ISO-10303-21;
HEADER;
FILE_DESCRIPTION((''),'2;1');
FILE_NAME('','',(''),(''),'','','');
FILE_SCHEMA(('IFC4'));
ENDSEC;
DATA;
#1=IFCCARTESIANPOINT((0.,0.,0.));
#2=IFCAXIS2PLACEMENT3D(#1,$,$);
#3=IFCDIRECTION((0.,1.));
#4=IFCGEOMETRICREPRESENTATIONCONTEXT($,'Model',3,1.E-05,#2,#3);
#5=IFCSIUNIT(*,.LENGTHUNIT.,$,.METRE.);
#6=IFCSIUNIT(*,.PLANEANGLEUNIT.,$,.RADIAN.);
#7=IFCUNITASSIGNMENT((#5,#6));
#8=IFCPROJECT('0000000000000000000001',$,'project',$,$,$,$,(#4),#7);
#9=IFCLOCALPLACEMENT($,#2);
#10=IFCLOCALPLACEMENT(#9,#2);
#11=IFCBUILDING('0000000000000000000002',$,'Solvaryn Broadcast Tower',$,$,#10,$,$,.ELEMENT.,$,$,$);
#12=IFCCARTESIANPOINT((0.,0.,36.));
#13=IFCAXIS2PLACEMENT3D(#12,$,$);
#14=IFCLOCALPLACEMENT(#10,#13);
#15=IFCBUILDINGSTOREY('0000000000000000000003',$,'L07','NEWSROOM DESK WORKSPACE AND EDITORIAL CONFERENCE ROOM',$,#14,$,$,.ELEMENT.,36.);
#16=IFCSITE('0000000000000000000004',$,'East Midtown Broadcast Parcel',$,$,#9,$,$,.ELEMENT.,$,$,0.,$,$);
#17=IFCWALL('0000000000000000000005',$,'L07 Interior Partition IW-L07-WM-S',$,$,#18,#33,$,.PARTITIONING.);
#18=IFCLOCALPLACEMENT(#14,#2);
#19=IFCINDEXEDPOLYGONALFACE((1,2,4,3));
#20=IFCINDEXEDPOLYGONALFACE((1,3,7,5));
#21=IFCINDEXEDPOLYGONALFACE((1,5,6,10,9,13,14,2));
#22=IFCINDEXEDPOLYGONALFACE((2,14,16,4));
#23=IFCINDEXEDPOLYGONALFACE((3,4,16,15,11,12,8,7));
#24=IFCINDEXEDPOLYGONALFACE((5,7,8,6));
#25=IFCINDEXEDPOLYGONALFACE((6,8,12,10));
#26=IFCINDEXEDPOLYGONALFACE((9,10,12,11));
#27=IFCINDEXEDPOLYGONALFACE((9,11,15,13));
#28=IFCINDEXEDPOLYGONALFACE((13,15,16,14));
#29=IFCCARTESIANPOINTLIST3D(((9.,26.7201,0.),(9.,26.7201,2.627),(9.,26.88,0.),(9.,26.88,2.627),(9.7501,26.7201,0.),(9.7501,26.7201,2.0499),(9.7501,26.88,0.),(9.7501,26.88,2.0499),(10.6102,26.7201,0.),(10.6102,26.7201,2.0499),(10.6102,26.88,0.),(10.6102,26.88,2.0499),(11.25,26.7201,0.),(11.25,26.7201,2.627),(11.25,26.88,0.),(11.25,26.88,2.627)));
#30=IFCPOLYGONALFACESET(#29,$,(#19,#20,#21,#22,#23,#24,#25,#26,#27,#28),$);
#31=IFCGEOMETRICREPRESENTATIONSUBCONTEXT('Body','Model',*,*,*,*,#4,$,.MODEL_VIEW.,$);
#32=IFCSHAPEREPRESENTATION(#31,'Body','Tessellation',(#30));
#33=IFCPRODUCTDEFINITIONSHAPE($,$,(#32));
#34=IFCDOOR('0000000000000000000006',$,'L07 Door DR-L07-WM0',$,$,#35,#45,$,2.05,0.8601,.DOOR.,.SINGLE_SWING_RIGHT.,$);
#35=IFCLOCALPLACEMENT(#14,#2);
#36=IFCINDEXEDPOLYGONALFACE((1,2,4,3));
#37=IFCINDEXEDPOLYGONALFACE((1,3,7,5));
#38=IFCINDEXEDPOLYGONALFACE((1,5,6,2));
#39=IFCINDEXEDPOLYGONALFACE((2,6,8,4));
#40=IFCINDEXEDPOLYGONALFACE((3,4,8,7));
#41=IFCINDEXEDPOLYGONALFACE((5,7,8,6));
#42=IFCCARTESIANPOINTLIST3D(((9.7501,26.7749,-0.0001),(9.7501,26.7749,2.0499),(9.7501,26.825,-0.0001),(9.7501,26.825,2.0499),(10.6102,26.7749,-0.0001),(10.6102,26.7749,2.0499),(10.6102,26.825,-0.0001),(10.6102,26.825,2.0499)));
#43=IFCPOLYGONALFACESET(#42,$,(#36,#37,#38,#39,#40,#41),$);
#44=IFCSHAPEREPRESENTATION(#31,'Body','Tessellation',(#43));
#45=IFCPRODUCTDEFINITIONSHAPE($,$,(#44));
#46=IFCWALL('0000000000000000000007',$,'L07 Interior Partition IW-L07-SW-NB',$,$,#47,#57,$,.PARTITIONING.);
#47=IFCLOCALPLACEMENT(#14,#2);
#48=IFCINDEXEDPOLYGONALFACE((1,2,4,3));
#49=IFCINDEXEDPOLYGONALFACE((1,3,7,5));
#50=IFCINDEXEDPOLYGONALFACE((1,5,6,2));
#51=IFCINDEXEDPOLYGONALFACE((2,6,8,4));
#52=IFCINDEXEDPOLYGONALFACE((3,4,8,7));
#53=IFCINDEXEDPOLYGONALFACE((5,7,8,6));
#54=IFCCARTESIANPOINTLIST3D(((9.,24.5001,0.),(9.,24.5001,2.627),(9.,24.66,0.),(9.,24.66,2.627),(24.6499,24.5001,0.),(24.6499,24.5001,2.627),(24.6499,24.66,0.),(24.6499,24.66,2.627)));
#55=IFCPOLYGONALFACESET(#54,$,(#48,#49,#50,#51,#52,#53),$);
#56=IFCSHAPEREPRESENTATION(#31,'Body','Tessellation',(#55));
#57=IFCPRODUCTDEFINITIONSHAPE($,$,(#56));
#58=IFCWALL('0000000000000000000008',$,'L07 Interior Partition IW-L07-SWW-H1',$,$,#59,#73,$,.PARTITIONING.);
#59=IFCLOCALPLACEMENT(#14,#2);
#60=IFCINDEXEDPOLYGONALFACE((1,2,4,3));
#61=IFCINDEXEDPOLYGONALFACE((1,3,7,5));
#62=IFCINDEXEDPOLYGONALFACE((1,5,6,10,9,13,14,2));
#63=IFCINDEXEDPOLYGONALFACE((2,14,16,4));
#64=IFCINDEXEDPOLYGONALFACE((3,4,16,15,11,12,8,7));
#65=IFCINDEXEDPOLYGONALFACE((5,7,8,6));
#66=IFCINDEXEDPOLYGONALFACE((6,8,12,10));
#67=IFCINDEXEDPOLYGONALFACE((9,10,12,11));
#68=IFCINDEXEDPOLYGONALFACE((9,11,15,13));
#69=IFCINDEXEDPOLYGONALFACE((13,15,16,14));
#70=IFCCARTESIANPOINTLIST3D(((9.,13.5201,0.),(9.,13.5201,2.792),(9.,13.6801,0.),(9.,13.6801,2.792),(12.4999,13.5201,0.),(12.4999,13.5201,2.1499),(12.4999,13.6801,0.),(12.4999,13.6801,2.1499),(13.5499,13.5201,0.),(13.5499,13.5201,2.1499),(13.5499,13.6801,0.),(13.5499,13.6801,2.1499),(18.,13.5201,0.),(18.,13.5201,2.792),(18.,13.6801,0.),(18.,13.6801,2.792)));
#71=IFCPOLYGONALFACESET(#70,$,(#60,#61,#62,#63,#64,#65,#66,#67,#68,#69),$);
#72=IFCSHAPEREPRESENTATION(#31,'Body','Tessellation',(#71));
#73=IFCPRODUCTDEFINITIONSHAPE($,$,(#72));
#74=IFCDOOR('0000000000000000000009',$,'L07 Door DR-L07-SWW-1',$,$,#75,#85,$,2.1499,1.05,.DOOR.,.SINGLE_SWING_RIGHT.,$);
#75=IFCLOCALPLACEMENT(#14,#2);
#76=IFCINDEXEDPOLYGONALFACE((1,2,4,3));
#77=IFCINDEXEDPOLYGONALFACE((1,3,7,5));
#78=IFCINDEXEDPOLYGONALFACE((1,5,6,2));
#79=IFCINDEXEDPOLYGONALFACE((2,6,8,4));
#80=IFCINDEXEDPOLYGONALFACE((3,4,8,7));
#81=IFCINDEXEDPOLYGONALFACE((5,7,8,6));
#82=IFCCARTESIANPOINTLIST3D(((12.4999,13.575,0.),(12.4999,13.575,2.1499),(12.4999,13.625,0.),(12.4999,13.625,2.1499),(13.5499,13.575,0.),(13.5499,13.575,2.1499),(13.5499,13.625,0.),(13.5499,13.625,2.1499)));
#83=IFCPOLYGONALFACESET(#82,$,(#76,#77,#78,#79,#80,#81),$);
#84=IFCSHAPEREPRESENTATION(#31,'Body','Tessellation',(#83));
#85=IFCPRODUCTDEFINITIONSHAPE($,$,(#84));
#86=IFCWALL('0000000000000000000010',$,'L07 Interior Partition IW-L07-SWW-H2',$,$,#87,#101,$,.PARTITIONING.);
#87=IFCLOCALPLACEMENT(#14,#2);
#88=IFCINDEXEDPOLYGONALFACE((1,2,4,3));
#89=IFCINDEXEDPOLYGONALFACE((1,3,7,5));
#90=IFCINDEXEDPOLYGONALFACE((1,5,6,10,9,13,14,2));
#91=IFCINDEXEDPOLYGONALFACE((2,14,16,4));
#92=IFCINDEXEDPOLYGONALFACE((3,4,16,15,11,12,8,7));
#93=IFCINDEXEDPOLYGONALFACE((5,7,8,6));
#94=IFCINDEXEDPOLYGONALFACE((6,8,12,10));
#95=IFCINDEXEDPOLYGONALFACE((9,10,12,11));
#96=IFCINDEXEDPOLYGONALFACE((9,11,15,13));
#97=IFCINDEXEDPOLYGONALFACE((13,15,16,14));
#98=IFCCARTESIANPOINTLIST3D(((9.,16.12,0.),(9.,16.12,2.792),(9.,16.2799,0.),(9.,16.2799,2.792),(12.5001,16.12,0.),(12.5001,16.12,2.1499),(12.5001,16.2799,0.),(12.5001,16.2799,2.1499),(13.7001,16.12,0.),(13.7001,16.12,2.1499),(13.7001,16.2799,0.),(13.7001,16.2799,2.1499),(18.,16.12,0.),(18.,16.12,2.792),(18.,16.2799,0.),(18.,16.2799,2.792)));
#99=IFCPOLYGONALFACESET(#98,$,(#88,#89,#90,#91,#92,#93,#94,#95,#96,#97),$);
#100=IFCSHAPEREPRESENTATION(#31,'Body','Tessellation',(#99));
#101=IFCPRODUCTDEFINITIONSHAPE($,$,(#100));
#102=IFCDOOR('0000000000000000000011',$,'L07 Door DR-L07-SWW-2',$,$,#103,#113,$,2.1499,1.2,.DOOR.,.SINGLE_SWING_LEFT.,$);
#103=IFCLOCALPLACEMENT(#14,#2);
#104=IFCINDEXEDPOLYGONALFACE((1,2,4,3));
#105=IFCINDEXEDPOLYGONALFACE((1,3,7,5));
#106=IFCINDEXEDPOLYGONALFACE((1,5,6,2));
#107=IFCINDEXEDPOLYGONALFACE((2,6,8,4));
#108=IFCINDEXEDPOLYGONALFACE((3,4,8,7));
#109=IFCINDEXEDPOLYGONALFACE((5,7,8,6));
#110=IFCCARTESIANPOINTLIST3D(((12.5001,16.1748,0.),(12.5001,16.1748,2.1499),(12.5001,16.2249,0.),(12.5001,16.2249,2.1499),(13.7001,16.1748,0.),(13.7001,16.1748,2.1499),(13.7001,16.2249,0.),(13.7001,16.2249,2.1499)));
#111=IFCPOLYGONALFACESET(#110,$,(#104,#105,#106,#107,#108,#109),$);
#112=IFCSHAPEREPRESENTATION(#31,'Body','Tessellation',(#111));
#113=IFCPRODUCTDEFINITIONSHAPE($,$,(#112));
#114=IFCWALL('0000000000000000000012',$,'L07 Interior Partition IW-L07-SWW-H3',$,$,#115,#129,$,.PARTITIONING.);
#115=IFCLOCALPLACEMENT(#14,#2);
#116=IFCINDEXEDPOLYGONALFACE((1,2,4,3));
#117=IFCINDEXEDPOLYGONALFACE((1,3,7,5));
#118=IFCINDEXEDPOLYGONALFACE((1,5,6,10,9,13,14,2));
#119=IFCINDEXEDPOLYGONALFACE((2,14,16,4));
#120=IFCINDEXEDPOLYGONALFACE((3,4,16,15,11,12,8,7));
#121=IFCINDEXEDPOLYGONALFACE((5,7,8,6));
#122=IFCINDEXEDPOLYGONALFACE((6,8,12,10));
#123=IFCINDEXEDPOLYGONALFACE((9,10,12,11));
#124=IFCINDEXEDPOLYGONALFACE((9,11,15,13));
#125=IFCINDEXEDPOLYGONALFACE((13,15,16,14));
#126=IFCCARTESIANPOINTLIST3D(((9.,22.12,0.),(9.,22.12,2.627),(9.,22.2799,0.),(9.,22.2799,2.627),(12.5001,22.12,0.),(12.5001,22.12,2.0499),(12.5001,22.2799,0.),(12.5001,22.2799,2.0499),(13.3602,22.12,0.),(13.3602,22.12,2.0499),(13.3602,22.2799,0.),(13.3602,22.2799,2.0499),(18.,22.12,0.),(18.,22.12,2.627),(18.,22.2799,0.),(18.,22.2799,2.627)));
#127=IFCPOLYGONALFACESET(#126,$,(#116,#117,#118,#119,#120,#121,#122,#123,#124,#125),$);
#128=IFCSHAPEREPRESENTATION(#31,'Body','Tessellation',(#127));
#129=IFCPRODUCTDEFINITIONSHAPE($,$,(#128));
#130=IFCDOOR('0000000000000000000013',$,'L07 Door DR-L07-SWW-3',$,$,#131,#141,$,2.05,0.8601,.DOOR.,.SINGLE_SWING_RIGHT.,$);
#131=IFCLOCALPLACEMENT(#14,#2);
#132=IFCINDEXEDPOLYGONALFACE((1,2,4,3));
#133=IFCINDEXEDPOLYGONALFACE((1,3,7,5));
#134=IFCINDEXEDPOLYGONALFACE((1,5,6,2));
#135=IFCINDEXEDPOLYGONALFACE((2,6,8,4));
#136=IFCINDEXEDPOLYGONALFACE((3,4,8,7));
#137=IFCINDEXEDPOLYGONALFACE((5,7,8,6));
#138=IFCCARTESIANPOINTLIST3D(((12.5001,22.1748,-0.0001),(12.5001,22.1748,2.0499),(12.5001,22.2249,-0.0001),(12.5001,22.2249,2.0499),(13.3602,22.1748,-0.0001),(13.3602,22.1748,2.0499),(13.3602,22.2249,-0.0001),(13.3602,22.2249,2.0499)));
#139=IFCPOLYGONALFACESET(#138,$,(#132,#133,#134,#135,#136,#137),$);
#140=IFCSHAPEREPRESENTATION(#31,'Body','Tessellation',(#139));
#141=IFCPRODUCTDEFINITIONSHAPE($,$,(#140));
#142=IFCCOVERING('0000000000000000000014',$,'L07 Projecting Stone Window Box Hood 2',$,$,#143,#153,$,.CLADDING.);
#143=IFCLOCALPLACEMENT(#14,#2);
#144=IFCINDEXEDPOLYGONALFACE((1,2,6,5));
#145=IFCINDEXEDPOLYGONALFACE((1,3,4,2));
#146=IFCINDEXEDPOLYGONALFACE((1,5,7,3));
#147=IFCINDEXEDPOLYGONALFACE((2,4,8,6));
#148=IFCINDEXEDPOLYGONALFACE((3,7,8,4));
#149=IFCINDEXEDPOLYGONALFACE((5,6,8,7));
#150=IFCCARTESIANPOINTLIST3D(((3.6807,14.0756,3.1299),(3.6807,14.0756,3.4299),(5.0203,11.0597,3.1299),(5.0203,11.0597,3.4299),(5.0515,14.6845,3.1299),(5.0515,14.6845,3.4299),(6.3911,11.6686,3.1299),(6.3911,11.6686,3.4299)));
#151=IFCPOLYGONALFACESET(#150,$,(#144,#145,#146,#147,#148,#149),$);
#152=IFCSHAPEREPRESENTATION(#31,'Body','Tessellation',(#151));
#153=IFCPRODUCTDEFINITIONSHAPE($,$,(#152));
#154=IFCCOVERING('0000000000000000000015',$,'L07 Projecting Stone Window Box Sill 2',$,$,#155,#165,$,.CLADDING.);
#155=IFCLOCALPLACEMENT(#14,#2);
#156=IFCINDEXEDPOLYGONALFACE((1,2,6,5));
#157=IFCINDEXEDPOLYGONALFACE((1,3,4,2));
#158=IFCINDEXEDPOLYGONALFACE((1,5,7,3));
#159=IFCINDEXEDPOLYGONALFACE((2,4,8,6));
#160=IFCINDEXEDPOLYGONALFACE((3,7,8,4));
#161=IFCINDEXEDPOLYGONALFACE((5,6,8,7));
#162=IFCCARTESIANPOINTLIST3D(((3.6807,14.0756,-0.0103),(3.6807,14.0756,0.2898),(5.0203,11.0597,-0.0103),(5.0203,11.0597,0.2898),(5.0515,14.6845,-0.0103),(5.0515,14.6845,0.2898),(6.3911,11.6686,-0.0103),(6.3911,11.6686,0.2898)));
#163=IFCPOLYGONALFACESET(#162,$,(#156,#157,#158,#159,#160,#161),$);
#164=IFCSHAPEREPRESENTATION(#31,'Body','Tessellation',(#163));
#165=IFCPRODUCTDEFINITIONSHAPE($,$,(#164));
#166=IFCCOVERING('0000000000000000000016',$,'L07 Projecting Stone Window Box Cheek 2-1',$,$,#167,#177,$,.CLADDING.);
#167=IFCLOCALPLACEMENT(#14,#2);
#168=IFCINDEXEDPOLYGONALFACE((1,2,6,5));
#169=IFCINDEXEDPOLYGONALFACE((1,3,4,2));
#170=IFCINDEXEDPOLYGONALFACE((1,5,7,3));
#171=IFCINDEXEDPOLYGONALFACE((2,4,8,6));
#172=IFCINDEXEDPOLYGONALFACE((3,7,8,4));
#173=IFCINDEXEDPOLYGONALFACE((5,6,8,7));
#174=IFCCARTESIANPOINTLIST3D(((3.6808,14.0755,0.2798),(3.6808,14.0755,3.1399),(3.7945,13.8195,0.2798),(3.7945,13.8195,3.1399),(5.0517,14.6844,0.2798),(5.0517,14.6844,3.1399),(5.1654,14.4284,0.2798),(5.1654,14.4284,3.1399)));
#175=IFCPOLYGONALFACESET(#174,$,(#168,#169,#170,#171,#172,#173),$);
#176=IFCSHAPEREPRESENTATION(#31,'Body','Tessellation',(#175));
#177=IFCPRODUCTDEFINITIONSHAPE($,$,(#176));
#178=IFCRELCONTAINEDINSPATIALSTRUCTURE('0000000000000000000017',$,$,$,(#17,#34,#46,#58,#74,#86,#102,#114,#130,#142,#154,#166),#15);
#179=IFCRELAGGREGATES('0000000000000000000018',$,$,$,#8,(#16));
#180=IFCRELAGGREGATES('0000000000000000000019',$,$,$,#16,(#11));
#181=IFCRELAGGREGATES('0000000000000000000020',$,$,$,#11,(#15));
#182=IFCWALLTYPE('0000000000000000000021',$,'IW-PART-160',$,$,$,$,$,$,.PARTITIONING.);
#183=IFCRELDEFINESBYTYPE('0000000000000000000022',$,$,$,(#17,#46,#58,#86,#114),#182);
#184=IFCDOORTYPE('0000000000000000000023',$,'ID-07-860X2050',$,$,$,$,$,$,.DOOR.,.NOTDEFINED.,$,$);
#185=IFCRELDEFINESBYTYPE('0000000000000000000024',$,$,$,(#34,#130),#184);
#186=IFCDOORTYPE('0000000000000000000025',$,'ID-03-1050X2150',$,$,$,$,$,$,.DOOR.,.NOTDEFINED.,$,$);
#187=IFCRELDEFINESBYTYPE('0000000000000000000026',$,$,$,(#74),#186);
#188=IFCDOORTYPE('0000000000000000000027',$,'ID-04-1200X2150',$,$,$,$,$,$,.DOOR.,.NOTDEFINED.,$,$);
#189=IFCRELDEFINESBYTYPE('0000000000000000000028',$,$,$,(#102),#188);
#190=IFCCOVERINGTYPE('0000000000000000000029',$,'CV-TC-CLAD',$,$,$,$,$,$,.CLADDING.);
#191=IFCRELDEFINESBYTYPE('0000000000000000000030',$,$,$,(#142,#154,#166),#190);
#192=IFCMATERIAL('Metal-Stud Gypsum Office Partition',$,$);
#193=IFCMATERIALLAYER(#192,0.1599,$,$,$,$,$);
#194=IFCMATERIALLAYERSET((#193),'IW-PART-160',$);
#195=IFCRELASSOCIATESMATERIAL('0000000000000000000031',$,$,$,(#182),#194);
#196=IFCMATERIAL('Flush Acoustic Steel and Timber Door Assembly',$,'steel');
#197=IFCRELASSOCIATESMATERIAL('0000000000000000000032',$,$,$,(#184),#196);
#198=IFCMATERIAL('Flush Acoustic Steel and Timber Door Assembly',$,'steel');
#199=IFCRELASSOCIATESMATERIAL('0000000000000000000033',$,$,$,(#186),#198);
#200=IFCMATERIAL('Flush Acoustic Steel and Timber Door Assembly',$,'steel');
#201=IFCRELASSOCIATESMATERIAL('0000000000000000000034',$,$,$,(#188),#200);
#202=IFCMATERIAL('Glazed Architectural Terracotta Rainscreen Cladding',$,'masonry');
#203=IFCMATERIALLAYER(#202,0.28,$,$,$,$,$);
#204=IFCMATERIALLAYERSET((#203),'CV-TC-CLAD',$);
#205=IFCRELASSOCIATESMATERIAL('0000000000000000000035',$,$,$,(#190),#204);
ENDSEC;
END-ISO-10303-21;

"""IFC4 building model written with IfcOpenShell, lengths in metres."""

from ifc_helpers import new_model, si_unit, direction, frame, frame_2d, origin, origin_2d, place, context, subcontext, project, spatial, rectangle, extrude, material, layer, layer_set, type_object, element, fill, save


model = new_model("IFC4")

# Units and contexts
model_context = context("Model", 3, precision=1e-05, world=origin(), true_north=direction((0.0, 1.0)))
body_context = subcontext(model_context, "Body", "Model", "MODEL_VIEW")
ifc_project = project(units=[si_unit("LENGTHUNIT", "METRE"), si_unit("PLANEANGLEUNIT", "RADIAN")], contexts=[model_context])

# Site, building, storey
site_placement = place(None, origin())
site = spatial("IfcSite", under=ifc_project, at=site_placement, Name="East Midtown Broadcast Parcel", CompositionType="ELEMENT", RefElevation=0.0)
building_placement = place(site_placement, origin())
building = spatial("IfcBuilding", under=site, at=building_placement, Name="Solvaryn Broadcast Tower", CompositionType="ELEMENT")
storey_placement = place(building_placement, frame((0.0, 0.0, 36.0)))
storey = spatial("IfcBuildingStorey", under=building, at=storey_placement, Name="L07", Description="NEWSROOM DESK WORKSPACE AND EDITORIAL CONFERENCE ROOM", CompositionType="ELEMENT", Elevation=36.0)

# Wall, opening, door
ifc_material_1 = material(Name="Metal-Stud Gypsum Office Partition")
ifc_layer_1 = layer(ifc_material_1, 0.1599)
ifc_layer_set_1 = layer_set([ifc_layer_1], Name="IW-PART-160")
wall_type = type_object("IfcWallType", Name="IW-PART-160", PredefinedType="PARTITIONING", material=ifc_layer_set_1)
wall_1_placement = place(storey_placement, frame((9.0, 26.8, 0.0), z_axis=(0.0, 0.0, 1.0), x_axis=(1.0, 0.0, 0.0)))
wall_1 = element("IfcWall", 1, at=wall_1_placement, inside=storey, type_object=wall_type, Name="L07 Interior Partition IW-L07-WM-S", PredefinedType="PARTITIONING", context=body_context, shape_type="SweptSolid", body=[
    extrude(rectangle(XDim=2.25, YDim=0.1599, at=frame_2d((1.125, 0.0))), origin(), (0.0, 0.0, 1.0), 2.627),
])
opening_1_placement = place(wall_1_placement, frame((0.75, 0.0, 0.0)))
opening_1 = element("IfcOpeningElement", 2, at=opening_1_placement, cuts=wall_1, PredefinedType="OPENING", context=body_context, shape_type="SweptSolid", body=[
    extrude(rectangle(XDim=0.8601, YDim=2.05, at=frame_2d((0.4302, 1.0249))), frame((0.0, 0.0901, 0.0), z_axis=(0.0, -1.0, 0.0), x_axis=(1.0, 0.0, 0.0)), (0.0, 0.0, 1.0), 0.1799),
])
ifc_material_2 = material(Name="Flush Acoustic Steel and Timber Door Assembly", Category="steel")
door_type_1 = type_object("IfcDoorType", Name="ID-07-860X2050", OperationType="NOTDEFINED", PredefinedType="DOOR", material=ifc_material_2)
door_1_placement = place(opening_1_placement, origin())
door_1 = element("IfcDoor", 3, at=door_1_placement, inside=storey, type_object=door_type_1, Name="L07 Door DR-L07-WM0", OperationType="SINGLE_SWING_RIGHT", OverallHeight=2.05, OverallWidth=0.8601, PredefinedType="DOOR", context=body_context, shape_type="SweptSolid", body=[
    extrude(rectangle(XDim=0.8601, YDim=2.05, at=frame_2d((0.4302, 1.0249))), frame((0.0, 0.0249, 0.0), z_axis=(0.0, -1.0, 0.0), x_axis=(1.0, 0.0, 0.0)), (0.0, 0.0, 1.0), 0.05),
])
fill(opening_1, door_1)

# Wall
wall_2_placement = place(storey_placement, frame((9.0, 24.5801, 0.0), z_axis=(0.0, 0.0, 1.0), x_axis=(1.0, 0.0, 0.0)))
element("IfcWall", 4, at=wall_2_placement, inside=storey, type_object=wall_type, Name="L07 Interior Partition IW-L07-SW-NB", PredefinedType="PARTITIONING", context=body_context, shape_type="SweptSolid", body=[
    extrude(rectangle(XDim=15.6499, YDim=0.1599, at=frame_2d((7.825, 0.0))), origin(), (0.0, 0.0, 1.0), 2.627),
])

# Walls, openings, doors
wall_3_placement = place(storey_placement, frame((9.0, 13.6001, 0.0), z_axis=(0.0, 0.0, 1.0), x_axis=(1.0, 0.0, 0.0)))
wall_3 = element("IfcWall", 5, at=wall_3_placement, inside=storey, type_object=wall_type, Name="L07 Interior Partition IW-L07-SWW-H1", PredefinedType="PARTITIONING", context=body_context, shape_type="SweptSolid", body=[
    extrude(rectangle(XDim=9.0, YDim=0.1599, at=frame_2d((4.5, 0.0))), origin(), (0.0, 0.0, 1.0), 2.792),
])
opening_2_placement = place(wall_3_placement, frame((3.5, 0.0, 0.0)))
opening_2 = element("IfcOpeningElement", 6, at=opening_2_placement, cuts=wall_3, PredefinedType="OPENING", context=body_context, shape_type="SweptSolid", body=[
    extrude(rectangle(XDim=1.05, YDim=2.1499, at=frame_2d((0.5249, 1.075))), frame((0.0, 0.0901, 0.0), z_axis=(0.0, -1.0, 0.0), x_axis=(1.0, 0.0, 0.0)), (0.0, 0.0, 1.0), 0.1799),
])
ifc_material_3 = material(Name="Flush Acoustic Steel and Timber Door Assembly", Category="steel")
door_type_2 = type_object("IfcDoorType", Name="ID-03-1050X2150", OperationType="NOTDEFINED", PredefinedType="DOOR", material=ifc_material_3)
door_2_placement = place(opening_2_placement, origin())
door_2 = element("IfcDoor", 7, at=door_2_placement, inside=storey, type_object=door_type_2, Name="L07 Door DR-L07-SWW-1", OperationType="SINGLE_SWING_RIGHT", OverallHeight=2.1499, OverallWidth=1.05, PredefinedType="DOOR", context=body_context, shape_type="SweptSolid", body=[
    extrude(rectangle(XDim=1.05, YDim=2.1499, at=frame_2d((0.5249, 1.075))), frame((0.0, 0.0249, 0.0), z_axis=(0.0, -1.0, 0.0), x_axis=(1.0, 0.0, 0.0)), (0.0, 0.0, 1.0), 0.05),
])
fill(opening_2, door_2)
wall_4_placement = place(storey_placement, frame((9.0, 16.2, 0.0), z_axis=(0.0, 0.0, 1.0), x_axis=(1.0, 0.0, 0.0)))
wall_4 = element("IfcWall", 8, at=wall_4_placement, inside=storey, type_object=wall_type, Name="L07 Interior Partition IW-L07-SWW-H2", PredefinedType="PARTITIONING", context=body_context, shape_type="SweptSolid", body=[
    extrude(rectangle(XDim=9.0, YDim=0.1599, at=frame_2d((4.5, 0.0))), origin(), (0.0, 0.0, 1.0), 2.792),
])
opening_3_placement = place(wall_4_placement, frame((3.5, 0.0, 0.0)))
opening_3 = element("IfcOpeningElement", 9, at=opening_3_placement, cuts=wall_4, PredefinedType="OPENING", context=body_context, shape_type="SweptSolid", body=[
    extrude(rectangle(XDim=1.2, YDim=2.1499, at=frame_2d((0.6001, 1.075))), frame((0.0, 0.0901, 0.0), z_axis=(0.0, -1.0, 0.0), x_axis=(1.0, 0.0, 0.0)), (0.0, 0.0, 1.0), 0.1799),
])
ifc_material_4 = material(Name="Flush Acoustic Steel and Timber Door Assembly", Category="steel")
door_type_3 = type_object("IfcDoorType", Name="ID-04-1200X2150", OperationType="NOTDEFINED", PredefinedType="DOOR", material=ifc_material_4)
door_3_placement = place(opening_3_placement, origin())
door_3 = element("IfcDoor", 10, at=door_3_placement, inside=storey, type_object=door_type_3, Name="L07 Door DR-L07-SWW-2", OperationType="SINGLE_SWING_LEFT", OverallHeight=2.1499, OverallWidth=1.2, PredefinedType="DOOR", context=body_context, shape_type="SweptSolid", body=[
    extrude(rectangle(XDim=1.2, YDim=2.1499, at=frame_2d((0.6001, 1.075))), frame((0.0, 0.0249, 0.0), z_axis=(0.0, -1.0, 0.0), x_axis=(1.0, 0.0, 0.0)), (0.0, 0.0, 1.0), 0.05),
])
fill(opening_3, door_3)
wall_5_placement = place(storey_placement, frame((9.0, 22.2, 0.0), z_axis=(0.0, 0.0, 1.0), x_axis=(1.0, 0.0, 0.0)))
wall_5 = element("IfcWall", 11, at=wall_5_placement, inside=storey, type_object=wall_type, Name="L07 Interior Partition IW-L07-SWW-H3", PredefinedType="PARTITIONING", context=body_context, shape_type="SweptSolid", body=[
    extrude(rectangle(XDim=9.0, YDim=0.1599, at=frame_2d((4.5, 0.0))), origin(), (0.0, 0.0, 1.0), 2.627),
])
opening_4_placement = place(wall_5_placement, frame((3.5, 0.0, 0.0)))
opening_4 = element("IfcOpeningElement", 12, at=opening_4_placement, cuts=wall_5, PredefinedType="OPENING", context=body_context, shape_type="SweptSolid", body=[
    extrude(rectangle(XDim=0.8601, YDim=2.05, at=frame_2d((0.4302, 1.0249))), frame((0.0, 0.0901, 0.0), z_axis=(0.0, -1.0, 0.0), x_axis=(1.0, 0.0, 0.0)), (0.0, 0.0, 1.0), 0.1799),
])
door_4_placement = place(opening_4_placement, origin())
door_4 = element("IfcDoor", 13, at=door_4_placement, inside=storey, type_object=door_type_1, Name="L07 Door DR-L07-SWW-3", OperationType="SINGLE_SWING_RIGHT", OverallHeight=2.05, OverallWidth=0.8601, PredefinedType="DOOR", context=body_context, shape_type="SweptSolid", body=[
    extrude(rectangle(XDim=0.8601, YDim=2.05, at=frame_2d((0.4302, 1.0249))), frame((0.0, 0.0249, 0.0), z_axis=(0.0, -1.0, 0.0), x_axis=(1.0, 0.0, 0.0)), (0.0, 0.0, 1.0), 0.05),
])
fill(opening_4, door_4)

# Coverings
ifc_material_5 = material(Name="Glazed Architectural Terracotta Rainscreen Cladding", Category="masonry")
ifc_layer_2 = layer(ifc_material_5, 0.28)
ifc_layer_set_2 = layer_set([ifc_layer_2], Name="CV-TC-CLAD")
covering_type_1 = type_object("IfcCoveringType", Name="CV-TC-CLAD", PredefinedType="CLADDING", material=ifc_layer_set_2)
for number, where, z_axis, x_axis, name in (
    (14, (5.0359, 12.8721, 3.1299), (0.0, 0.0, 1.0), (0.405939, -0.9139, 0.0), "L07 Projecting Stone Window Box Hood 2"),
    (15, (5.0359, 12.8721, -0.0103), (0.0, 0.0, 1.0), (0.405939, -0.9139, 0.0), "L07 Projecting Stone Window Box Sill 2"),
):
    element("IfcCovering", number, at=place(storey_placement, frame(where, z_axis=z_axis, x_axis=x_axis)), inside=storey, type_object=covering_type_1, Name=name, PredefinedType="CLADDING", context=body_context, shape_type="SweptSolid", body=[
        extrude(rectangle(XDim=3.3, YDim=1.5, at=origin_2d()), origin(), (0.0, 0.0, 1.0), 0.3),
    ])
covering_placement = place(storey_placement, frame((4.4231, 14.252, 0.2798), z_axis=(0.0, 0.0, 1.0), x_axis=(0.405939, -0.9139, 0.0)))
element("IfcCovering", 16, at=covering_placement, inside=storey, type_object=covering_type_1, Name="L07 Projecting Stone Window Box Cheek 2-1", PredefinedType="CLADDING", context=body_context, shape_type="SweptSolid", body=[
    extrude(rectangle(XDim=0.28, YDim=1.5, at=origin_2d()), origin(), (0.0, 0.0, 1.0), 2.8601),
])

save(model, "model.ifc")
